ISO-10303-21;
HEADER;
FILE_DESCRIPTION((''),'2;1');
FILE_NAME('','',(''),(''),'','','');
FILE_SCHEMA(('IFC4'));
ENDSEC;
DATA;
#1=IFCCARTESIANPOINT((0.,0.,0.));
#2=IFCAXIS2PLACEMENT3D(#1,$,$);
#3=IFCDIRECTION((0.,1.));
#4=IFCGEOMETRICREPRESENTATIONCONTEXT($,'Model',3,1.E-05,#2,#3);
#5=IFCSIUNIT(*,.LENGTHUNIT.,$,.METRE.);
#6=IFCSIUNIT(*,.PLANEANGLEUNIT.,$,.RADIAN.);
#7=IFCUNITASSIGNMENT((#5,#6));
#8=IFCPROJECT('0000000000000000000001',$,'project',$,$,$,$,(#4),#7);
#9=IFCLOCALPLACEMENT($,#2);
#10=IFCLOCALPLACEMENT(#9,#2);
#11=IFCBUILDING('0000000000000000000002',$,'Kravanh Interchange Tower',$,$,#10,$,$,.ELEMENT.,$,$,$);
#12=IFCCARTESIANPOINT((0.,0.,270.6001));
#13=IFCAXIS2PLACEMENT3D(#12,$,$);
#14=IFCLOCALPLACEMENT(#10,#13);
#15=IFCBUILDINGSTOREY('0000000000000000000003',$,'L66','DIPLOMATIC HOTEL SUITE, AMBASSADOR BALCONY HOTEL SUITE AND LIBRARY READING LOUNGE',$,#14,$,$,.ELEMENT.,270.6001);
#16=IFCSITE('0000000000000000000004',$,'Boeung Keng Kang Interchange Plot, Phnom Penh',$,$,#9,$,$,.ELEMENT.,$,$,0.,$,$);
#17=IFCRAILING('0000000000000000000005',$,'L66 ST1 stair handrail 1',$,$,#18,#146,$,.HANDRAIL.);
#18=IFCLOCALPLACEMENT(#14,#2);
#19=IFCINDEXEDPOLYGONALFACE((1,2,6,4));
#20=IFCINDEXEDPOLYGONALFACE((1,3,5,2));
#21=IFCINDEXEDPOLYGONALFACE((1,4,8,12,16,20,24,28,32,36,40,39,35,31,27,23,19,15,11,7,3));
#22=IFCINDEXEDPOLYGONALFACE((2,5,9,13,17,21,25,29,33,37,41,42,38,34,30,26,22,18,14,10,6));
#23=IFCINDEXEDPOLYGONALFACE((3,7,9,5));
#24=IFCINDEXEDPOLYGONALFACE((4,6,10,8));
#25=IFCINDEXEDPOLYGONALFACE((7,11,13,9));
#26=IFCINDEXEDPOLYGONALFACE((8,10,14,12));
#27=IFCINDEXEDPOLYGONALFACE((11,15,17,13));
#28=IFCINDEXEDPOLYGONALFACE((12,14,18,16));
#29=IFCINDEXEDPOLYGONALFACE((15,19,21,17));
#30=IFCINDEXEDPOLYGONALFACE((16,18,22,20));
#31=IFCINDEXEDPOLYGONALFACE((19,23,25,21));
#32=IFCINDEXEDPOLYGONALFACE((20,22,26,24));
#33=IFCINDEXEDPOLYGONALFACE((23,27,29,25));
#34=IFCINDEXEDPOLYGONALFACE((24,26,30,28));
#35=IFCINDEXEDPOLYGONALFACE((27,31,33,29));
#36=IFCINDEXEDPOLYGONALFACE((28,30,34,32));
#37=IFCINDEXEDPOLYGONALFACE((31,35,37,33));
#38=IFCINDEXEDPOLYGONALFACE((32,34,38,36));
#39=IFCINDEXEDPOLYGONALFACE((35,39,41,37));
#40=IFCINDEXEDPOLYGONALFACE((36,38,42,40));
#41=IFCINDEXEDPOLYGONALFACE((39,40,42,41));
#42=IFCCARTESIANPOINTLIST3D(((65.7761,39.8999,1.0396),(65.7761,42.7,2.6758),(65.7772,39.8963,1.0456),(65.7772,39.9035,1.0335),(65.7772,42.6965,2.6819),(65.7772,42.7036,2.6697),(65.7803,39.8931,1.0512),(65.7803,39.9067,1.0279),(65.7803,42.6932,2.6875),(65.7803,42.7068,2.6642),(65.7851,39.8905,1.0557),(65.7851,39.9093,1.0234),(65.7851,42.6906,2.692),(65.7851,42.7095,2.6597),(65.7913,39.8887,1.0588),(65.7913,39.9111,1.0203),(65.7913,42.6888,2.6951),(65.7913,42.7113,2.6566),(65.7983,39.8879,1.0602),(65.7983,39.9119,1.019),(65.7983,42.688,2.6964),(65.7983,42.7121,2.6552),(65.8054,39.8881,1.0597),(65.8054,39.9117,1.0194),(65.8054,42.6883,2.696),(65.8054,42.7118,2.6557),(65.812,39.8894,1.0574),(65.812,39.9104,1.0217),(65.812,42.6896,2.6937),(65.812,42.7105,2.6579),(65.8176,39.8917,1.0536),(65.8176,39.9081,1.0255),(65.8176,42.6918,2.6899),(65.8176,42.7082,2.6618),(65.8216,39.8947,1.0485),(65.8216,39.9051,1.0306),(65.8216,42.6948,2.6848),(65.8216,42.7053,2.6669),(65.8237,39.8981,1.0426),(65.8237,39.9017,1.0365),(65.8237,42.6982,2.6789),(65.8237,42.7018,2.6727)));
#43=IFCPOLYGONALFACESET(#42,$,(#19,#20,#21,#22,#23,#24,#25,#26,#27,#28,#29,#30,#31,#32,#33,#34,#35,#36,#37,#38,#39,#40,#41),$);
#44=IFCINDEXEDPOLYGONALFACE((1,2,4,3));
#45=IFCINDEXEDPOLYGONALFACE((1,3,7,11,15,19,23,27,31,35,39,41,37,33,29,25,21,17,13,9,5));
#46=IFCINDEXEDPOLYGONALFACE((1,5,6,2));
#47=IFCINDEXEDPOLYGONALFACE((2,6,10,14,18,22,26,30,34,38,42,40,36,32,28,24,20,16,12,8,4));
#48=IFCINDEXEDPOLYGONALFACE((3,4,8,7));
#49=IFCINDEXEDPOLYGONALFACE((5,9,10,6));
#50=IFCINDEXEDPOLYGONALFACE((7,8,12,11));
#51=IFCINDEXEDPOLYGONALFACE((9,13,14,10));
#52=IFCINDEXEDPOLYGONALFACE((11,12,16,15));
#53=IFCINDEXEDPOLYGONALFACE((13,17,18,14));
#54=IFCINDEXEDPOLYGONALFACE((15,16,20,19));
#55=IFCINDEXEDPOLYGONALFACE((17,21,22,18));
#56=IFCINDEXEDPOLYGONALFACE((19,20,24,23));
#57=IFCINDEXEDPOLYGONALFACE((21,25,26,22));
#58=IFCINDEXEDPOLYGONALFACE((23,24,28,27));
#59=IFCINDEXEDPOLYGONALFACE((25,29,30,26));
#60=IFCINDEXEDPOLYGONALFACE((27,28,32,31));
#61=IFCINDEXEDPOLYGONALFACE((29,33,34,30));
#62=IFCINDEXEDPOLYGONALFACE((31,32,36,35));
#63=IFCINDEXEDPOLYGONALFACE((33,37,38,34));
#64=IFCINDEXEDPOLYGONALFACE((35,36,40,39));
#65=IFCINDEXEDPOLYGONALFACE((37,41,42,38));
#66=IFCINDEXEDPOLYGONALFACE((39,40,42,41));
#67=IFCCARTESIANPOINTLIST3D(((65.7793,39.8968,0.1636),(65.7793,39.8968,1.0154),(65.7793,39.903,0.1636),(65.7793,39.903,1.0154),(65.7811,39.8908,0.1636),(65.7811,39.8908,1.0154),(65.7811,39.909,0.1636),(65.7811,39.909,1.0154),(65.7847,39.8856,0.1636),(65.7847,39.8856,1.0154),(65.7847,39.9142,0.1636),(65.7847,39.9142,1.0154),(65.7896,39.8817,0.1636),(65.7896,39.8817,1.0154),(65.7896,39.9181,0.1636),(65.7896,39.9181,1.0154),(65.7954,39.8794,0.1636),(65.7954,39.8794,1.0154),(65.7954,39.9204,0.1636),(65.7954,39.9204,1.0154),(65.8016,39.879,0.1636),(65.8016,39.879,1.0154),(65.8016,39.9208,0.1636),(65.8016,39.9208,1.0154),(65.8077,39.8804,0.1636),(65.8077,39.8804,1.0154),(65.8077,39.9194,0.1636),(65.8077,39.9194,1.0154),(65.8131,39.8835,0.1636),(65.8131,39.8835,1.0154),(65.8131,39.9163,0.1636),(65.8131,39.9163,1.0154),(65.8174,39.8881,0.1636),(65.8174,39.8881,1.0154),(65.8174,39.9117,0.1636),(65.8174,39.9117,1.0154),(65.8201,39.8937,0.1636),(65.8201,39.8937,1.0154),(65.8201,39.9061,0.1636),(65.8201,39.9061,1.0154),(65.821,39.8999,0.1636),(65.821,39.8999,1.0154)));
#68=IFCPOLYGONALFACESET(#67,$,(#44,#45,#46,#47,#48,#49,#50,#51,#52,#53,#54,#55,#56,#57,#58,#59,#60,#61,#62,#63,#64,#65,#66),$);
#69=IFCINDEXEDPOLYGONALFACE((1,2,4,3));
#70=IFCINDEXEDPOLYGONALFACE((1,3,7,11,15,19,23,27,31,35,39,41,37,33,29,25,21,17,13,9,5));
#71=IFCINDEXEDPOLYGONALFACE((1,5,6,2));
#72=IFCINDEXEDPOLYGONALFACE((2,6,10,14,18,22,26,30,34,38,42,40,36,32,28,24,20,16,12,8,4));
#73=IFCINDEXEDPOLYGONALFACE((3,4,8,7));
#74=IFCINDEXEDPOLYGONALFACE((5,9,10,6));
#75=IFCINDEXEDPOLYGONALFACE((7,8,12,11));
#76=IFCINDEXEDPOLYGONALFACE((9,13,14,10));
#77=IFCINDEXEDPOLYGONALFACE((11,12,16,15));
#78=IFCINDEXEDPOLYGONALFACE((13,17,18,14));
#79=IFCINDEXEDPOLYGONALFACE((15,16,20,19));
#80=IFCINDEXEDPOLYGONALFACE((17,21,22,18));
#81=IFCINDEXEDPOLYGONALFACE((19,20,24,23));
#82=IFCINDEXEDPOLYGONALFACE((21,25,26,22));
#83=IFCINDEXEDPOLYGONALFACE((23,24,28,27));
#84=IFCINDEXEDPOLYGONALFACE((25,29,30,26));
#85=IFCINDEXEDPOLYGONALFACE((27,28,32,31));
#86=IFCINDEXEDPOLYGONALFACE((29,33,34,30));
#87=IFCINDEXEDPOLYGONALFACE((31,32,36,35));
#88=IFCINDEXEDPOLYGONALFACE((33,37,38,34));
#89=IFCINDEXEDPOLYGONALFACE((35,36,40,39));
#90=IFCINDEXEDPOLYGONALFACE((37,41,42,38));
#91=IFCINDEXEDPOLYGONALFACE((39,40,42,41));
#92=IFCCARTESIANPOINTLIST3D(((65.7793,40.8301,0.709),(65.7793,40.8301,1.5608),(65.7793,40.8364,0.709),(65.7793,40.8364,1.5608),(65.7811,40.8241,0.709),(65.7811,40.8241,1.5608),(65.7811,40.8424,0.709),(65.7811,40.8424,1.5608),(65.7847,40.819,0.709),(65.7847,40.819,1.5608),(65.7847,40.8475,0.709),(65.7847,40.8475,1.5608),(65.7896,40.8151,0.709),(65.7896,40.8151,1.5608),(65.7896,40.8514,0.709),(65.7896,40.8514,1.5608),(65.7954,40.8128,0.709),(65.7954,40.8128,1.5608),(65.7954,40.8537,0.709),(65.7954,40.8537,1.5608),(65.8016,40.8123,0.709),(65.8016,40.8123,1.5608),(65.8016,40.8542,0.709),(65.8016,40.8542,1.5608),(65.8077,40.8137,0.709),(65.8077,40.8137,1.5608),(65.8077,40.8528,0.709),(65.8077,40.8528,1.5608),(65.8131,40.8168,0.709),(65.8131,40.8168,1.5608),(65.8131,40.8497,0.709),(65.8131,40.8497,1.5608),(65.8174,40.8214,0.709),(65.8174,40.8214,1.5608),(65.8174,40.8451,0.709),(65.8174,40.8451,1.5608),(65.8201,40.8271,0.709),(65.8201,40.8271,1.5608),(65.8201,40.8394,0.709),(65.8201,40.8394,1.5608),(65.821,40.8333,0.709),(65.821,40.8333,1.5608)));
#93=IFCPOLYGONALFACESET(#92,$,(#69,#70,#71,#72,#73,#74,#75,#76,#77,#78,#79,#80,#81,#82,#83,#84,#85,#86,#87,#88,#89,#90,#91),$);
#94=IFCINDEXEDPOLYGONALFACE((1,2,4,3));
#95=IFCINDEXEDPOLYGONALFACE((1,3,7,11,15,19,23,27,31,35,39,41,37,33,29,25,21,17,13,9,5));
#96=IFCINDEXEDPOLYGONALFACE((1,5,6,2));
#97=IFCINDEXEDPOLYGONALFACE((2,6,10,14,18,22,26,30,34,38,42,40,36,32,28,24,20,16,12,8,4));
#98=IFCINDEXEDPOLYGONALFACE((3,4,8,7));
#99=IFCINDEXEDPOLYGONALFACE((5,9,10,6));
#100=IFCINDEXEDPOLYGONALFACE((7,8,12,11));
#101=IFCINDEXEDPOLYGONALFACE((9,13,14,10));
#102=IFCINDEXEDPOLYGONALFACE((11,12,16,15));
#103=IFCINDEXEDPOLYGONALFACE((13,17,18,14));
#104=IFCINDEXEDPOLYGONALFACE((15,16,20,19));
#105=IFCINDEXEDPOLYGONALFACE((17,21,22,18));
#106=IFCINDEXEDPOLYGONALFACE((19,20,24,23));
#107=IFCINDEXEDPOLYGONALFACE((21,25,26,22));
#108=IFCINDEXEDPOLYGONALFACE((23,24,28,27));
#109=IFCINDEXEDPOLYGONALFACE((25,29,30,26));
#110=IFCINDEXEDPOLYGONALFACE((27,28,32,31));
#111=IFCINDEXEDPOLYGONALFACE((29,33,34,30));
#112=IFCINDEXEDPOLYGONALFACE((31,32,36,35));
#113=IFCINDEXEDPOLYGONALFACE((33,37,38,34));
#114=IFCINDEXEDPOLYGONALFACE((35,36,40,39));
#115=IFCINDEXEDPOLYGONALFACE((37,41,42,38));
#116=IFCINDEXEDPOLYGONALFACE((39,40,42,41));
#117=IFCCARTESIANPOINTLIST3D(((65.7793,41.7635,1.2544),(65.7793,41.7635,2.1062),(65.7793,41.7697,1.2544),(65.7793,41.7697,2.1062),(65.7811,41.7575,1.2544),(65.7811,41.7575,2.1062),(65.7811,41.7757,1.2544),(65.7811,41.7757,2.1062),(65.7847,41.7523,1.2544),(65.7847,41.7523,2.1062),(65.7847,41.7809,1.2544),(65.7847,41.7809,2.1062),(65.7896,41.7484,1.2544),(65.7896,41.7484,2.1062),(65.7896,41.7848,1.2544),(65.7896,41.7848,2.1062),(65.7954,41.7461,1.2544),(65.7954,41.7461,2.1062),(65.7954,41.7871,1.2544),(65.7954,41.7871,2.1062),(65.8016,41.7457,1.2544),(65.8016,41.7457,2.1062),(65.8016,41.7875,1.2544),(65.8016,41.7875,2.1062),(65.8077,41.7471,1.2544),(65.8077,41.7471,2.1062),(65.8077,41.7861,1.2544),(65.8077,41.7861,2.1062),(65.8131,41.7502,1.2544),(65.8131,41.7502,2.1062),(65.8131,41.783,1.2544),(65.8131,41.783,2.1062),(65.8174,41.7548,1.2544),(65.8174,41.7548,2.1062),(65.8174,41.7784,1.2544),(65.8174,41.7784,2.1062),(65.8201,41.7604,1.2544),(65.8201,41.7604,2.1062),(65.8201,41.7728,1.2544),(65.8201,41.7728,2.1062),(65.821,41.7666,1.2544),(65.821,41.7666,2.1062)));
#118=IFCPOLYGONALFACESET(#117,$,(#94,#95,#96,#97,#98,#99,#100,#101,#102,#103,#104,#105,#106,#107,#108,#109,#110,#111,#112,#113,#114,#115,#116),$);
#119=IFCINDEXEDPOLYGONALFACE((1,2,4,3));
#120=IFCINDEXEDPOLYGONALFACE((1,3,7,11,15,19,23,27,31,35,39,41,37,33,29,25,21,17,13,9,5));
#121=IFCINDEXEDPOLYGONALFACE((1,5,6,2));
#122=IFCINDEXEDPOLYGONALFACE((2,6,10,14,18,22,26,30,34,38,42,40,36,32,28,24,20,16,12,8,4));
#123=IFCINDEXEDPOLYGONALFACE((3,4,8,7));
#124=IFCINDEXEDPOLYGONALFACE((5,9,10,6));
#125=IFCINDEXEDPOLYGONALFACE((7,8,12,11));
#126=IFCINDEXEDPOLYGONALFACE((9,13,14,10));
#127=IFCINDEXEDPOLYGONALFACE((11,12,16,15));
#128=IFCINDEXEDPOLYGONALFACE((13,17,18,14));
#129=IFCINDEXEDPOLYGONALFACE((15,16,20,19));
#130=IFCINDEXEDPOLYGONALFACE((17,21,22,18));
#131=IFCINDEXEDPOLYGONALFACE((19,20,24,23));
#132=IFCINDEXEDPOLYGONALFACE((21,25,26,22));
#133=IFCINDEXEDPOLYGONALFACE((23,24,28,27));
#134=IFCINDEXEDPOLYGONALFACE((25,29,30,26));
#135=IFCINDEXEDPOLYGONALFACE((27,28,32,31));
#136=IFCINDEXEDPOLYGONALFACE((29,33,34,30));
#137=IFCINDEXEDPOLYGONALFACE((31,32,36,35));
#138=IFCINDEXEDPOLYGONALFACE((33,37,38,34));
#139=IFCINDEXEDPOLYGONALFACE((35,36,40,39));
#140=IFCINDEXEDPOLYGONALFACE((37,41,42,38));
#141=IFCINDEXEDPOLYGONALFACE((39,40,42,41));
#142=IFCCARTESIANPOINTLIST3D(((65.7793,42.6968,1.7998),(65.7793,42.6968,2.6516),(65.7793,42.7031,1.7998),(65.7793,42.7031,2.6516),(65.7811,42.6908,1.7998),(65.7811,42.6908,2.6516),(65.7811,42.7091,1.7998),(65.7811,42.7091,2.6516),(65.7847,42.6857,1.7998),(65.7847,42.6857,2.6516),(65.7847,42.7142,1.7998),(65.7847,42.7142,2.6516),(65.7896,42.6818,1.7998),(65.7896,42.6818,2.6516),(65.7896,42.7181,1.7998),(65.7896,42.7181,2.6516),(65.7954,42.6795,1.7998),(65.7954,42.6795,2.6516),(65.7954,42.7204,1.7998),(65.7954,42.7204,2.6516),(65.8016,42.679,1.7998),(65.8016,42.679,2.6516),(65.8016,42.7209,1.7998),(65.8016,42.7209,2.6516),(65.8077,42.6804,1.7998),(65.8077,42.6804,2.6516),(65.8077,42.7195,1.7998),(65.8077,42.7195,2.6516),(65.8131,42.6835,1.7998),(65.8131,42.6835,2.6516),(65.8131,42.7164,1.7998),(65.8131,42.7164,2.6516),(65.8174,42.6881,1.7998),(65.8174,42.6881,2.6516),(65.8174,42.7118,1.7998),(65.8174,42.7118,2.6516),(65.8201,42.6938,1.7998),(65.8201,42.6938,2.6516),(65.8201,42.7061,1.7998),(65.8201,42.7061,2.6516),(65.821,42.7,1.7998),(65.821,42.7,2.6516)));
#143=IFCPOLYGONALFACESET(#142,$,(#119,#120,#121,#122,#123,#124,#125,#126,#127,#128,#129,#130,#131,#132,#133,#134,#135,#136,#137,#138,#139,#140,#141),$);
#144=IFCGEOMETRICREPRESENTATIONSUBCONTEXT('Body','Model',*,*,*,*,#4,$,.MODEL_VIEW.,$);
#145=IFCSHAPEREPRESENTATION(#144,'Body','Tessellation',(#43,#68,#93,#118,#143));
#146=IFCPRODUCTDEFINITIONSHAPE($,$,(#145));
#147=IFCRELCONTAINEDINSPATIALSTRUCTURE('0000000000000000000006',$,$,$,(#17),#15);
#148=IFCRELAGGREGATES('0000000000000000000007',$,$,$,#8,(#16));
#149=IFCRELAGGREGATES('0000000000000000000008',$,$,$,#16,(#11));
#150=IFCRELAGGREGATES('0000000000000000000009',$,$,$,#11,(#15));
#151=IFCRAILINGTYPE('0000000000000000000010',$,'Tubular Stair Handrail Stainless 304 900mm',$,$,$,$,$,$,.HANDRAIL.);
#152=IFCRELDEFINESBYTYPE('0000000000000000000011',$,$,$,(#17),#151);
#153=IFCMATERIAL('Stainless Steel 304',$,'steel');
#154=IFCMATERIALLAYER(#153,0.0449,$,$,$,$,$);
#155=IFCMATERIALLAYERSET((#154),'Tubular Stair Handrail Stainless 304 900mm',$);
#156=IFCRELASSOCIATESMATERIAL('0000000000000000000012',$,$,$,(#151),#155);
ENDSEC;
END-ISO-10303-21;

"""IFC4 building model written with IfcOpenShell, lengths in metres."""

from ifc_helpers import new_model, si_unit, direction, frame, origin, origin_2d, place, context, subcontext, project, spatial, circle, extrude, material, layer, layer_set, type_object, element, save


model = new_model("IFC4")

# Units and contexts
model_context = context("Model", 3, precision=1e-05, world=origin(), true_north=direction((0.0, 1.0)))
body_context = subcontext(model_context, "Body", "Model", "MODEL_VIEW")
ifc_project = project(units=[si_unit("LENGTHUNIT", "METRE"), si_unit("PLANEANGLEUNIT", "RADIAN")], contexts=[model_context])

# Site, building, storey
site_placement = place(None, origin())
site = spatial("IfcSite", under=ifc_project, at=site_placement, Name="Boeung Keng Kang Interchange Plot, Phnom Penh", CompositionType="ELEMENT", RefElevation=0.0)
building_placement = place(site_placement, origin())
building = spatial("IfcBuilding", under=site, at=building_placement, Name="Kravanh Interchange Tower", CompositionType="ELEMENT")
storey_placement = place(building_placement, frame((0.0, 0.0, 270.6001)))
storey = spatial("IfcBuildingStorey", under=building, at=storey_placement, Name="L66", Description="DIPLOMATIC HOTEL SUITE, AMBASSADOR BALCONY HOTEL SUITE AND LIBRARY READING LOUNGE", CompositionType="ELEMENT", Elevation=270.6001)

# Railing
ifc_material_1 = material(Name="Stainless Steel 304", Category="steel")
ifc_layer_1 = layer(ifc_material_1, 0.0449)
ifc_layer_set_1 = layer_set([ifc_layer_1], Name="Tubular Stair Handrail Stainless 304 900mm")
railing_type_1 = type_object("IfcRailingType", Name="Tubular Stair Handrail Stainless 304 900mm", PredefinedType="HANDRAIL", material=ifc_layer_set_1)
railing_1_placement = place(storey_placement, frame((65.8, 39.8999, 0.1636)))
element("IfcRailing", 1, at=railing_1_placement, inside=storey, type_object=railing_type_1, Name="L66 ST1 stair handrail 1", PredefinedType="HANDRAIL", context=body_context, shape_type="SweptSolid", body=[
    extrude(circle(Radius=0.0239, at=origin_2d()), frame((0.0, 0.0, 0.876), z_axis=(0.0, 0.863394, 0.504531), x_axis=(-1.0, 0.0, 0.0)), (0.0, 0.0, 1.0), 3.2432),
    extrude(circle(Radius=0.021, at=origin_2d()), origin(), (0.0, 0.0, 1.0), 0.8518),
    extrude(circle(Radius=0.021, at=origin_2d()), frame((0.0, 0.9333, 0.5454)), (0.0, 0.0, 1.0), 0.8518),
    extrude(circle(Radius=0.021, at=origin_2d()), frame((0.0, 1.8667, 1.0908)), (0.0, 0.0, 1.0), 0.8518),
    extrude(circle(Radius=0.021, at=origin_2d()), frame((0.0, 2.8, 1.6362)), (0.0, 0.0, 1.0), 0.8518),
])

save(model, "model.ifc")
